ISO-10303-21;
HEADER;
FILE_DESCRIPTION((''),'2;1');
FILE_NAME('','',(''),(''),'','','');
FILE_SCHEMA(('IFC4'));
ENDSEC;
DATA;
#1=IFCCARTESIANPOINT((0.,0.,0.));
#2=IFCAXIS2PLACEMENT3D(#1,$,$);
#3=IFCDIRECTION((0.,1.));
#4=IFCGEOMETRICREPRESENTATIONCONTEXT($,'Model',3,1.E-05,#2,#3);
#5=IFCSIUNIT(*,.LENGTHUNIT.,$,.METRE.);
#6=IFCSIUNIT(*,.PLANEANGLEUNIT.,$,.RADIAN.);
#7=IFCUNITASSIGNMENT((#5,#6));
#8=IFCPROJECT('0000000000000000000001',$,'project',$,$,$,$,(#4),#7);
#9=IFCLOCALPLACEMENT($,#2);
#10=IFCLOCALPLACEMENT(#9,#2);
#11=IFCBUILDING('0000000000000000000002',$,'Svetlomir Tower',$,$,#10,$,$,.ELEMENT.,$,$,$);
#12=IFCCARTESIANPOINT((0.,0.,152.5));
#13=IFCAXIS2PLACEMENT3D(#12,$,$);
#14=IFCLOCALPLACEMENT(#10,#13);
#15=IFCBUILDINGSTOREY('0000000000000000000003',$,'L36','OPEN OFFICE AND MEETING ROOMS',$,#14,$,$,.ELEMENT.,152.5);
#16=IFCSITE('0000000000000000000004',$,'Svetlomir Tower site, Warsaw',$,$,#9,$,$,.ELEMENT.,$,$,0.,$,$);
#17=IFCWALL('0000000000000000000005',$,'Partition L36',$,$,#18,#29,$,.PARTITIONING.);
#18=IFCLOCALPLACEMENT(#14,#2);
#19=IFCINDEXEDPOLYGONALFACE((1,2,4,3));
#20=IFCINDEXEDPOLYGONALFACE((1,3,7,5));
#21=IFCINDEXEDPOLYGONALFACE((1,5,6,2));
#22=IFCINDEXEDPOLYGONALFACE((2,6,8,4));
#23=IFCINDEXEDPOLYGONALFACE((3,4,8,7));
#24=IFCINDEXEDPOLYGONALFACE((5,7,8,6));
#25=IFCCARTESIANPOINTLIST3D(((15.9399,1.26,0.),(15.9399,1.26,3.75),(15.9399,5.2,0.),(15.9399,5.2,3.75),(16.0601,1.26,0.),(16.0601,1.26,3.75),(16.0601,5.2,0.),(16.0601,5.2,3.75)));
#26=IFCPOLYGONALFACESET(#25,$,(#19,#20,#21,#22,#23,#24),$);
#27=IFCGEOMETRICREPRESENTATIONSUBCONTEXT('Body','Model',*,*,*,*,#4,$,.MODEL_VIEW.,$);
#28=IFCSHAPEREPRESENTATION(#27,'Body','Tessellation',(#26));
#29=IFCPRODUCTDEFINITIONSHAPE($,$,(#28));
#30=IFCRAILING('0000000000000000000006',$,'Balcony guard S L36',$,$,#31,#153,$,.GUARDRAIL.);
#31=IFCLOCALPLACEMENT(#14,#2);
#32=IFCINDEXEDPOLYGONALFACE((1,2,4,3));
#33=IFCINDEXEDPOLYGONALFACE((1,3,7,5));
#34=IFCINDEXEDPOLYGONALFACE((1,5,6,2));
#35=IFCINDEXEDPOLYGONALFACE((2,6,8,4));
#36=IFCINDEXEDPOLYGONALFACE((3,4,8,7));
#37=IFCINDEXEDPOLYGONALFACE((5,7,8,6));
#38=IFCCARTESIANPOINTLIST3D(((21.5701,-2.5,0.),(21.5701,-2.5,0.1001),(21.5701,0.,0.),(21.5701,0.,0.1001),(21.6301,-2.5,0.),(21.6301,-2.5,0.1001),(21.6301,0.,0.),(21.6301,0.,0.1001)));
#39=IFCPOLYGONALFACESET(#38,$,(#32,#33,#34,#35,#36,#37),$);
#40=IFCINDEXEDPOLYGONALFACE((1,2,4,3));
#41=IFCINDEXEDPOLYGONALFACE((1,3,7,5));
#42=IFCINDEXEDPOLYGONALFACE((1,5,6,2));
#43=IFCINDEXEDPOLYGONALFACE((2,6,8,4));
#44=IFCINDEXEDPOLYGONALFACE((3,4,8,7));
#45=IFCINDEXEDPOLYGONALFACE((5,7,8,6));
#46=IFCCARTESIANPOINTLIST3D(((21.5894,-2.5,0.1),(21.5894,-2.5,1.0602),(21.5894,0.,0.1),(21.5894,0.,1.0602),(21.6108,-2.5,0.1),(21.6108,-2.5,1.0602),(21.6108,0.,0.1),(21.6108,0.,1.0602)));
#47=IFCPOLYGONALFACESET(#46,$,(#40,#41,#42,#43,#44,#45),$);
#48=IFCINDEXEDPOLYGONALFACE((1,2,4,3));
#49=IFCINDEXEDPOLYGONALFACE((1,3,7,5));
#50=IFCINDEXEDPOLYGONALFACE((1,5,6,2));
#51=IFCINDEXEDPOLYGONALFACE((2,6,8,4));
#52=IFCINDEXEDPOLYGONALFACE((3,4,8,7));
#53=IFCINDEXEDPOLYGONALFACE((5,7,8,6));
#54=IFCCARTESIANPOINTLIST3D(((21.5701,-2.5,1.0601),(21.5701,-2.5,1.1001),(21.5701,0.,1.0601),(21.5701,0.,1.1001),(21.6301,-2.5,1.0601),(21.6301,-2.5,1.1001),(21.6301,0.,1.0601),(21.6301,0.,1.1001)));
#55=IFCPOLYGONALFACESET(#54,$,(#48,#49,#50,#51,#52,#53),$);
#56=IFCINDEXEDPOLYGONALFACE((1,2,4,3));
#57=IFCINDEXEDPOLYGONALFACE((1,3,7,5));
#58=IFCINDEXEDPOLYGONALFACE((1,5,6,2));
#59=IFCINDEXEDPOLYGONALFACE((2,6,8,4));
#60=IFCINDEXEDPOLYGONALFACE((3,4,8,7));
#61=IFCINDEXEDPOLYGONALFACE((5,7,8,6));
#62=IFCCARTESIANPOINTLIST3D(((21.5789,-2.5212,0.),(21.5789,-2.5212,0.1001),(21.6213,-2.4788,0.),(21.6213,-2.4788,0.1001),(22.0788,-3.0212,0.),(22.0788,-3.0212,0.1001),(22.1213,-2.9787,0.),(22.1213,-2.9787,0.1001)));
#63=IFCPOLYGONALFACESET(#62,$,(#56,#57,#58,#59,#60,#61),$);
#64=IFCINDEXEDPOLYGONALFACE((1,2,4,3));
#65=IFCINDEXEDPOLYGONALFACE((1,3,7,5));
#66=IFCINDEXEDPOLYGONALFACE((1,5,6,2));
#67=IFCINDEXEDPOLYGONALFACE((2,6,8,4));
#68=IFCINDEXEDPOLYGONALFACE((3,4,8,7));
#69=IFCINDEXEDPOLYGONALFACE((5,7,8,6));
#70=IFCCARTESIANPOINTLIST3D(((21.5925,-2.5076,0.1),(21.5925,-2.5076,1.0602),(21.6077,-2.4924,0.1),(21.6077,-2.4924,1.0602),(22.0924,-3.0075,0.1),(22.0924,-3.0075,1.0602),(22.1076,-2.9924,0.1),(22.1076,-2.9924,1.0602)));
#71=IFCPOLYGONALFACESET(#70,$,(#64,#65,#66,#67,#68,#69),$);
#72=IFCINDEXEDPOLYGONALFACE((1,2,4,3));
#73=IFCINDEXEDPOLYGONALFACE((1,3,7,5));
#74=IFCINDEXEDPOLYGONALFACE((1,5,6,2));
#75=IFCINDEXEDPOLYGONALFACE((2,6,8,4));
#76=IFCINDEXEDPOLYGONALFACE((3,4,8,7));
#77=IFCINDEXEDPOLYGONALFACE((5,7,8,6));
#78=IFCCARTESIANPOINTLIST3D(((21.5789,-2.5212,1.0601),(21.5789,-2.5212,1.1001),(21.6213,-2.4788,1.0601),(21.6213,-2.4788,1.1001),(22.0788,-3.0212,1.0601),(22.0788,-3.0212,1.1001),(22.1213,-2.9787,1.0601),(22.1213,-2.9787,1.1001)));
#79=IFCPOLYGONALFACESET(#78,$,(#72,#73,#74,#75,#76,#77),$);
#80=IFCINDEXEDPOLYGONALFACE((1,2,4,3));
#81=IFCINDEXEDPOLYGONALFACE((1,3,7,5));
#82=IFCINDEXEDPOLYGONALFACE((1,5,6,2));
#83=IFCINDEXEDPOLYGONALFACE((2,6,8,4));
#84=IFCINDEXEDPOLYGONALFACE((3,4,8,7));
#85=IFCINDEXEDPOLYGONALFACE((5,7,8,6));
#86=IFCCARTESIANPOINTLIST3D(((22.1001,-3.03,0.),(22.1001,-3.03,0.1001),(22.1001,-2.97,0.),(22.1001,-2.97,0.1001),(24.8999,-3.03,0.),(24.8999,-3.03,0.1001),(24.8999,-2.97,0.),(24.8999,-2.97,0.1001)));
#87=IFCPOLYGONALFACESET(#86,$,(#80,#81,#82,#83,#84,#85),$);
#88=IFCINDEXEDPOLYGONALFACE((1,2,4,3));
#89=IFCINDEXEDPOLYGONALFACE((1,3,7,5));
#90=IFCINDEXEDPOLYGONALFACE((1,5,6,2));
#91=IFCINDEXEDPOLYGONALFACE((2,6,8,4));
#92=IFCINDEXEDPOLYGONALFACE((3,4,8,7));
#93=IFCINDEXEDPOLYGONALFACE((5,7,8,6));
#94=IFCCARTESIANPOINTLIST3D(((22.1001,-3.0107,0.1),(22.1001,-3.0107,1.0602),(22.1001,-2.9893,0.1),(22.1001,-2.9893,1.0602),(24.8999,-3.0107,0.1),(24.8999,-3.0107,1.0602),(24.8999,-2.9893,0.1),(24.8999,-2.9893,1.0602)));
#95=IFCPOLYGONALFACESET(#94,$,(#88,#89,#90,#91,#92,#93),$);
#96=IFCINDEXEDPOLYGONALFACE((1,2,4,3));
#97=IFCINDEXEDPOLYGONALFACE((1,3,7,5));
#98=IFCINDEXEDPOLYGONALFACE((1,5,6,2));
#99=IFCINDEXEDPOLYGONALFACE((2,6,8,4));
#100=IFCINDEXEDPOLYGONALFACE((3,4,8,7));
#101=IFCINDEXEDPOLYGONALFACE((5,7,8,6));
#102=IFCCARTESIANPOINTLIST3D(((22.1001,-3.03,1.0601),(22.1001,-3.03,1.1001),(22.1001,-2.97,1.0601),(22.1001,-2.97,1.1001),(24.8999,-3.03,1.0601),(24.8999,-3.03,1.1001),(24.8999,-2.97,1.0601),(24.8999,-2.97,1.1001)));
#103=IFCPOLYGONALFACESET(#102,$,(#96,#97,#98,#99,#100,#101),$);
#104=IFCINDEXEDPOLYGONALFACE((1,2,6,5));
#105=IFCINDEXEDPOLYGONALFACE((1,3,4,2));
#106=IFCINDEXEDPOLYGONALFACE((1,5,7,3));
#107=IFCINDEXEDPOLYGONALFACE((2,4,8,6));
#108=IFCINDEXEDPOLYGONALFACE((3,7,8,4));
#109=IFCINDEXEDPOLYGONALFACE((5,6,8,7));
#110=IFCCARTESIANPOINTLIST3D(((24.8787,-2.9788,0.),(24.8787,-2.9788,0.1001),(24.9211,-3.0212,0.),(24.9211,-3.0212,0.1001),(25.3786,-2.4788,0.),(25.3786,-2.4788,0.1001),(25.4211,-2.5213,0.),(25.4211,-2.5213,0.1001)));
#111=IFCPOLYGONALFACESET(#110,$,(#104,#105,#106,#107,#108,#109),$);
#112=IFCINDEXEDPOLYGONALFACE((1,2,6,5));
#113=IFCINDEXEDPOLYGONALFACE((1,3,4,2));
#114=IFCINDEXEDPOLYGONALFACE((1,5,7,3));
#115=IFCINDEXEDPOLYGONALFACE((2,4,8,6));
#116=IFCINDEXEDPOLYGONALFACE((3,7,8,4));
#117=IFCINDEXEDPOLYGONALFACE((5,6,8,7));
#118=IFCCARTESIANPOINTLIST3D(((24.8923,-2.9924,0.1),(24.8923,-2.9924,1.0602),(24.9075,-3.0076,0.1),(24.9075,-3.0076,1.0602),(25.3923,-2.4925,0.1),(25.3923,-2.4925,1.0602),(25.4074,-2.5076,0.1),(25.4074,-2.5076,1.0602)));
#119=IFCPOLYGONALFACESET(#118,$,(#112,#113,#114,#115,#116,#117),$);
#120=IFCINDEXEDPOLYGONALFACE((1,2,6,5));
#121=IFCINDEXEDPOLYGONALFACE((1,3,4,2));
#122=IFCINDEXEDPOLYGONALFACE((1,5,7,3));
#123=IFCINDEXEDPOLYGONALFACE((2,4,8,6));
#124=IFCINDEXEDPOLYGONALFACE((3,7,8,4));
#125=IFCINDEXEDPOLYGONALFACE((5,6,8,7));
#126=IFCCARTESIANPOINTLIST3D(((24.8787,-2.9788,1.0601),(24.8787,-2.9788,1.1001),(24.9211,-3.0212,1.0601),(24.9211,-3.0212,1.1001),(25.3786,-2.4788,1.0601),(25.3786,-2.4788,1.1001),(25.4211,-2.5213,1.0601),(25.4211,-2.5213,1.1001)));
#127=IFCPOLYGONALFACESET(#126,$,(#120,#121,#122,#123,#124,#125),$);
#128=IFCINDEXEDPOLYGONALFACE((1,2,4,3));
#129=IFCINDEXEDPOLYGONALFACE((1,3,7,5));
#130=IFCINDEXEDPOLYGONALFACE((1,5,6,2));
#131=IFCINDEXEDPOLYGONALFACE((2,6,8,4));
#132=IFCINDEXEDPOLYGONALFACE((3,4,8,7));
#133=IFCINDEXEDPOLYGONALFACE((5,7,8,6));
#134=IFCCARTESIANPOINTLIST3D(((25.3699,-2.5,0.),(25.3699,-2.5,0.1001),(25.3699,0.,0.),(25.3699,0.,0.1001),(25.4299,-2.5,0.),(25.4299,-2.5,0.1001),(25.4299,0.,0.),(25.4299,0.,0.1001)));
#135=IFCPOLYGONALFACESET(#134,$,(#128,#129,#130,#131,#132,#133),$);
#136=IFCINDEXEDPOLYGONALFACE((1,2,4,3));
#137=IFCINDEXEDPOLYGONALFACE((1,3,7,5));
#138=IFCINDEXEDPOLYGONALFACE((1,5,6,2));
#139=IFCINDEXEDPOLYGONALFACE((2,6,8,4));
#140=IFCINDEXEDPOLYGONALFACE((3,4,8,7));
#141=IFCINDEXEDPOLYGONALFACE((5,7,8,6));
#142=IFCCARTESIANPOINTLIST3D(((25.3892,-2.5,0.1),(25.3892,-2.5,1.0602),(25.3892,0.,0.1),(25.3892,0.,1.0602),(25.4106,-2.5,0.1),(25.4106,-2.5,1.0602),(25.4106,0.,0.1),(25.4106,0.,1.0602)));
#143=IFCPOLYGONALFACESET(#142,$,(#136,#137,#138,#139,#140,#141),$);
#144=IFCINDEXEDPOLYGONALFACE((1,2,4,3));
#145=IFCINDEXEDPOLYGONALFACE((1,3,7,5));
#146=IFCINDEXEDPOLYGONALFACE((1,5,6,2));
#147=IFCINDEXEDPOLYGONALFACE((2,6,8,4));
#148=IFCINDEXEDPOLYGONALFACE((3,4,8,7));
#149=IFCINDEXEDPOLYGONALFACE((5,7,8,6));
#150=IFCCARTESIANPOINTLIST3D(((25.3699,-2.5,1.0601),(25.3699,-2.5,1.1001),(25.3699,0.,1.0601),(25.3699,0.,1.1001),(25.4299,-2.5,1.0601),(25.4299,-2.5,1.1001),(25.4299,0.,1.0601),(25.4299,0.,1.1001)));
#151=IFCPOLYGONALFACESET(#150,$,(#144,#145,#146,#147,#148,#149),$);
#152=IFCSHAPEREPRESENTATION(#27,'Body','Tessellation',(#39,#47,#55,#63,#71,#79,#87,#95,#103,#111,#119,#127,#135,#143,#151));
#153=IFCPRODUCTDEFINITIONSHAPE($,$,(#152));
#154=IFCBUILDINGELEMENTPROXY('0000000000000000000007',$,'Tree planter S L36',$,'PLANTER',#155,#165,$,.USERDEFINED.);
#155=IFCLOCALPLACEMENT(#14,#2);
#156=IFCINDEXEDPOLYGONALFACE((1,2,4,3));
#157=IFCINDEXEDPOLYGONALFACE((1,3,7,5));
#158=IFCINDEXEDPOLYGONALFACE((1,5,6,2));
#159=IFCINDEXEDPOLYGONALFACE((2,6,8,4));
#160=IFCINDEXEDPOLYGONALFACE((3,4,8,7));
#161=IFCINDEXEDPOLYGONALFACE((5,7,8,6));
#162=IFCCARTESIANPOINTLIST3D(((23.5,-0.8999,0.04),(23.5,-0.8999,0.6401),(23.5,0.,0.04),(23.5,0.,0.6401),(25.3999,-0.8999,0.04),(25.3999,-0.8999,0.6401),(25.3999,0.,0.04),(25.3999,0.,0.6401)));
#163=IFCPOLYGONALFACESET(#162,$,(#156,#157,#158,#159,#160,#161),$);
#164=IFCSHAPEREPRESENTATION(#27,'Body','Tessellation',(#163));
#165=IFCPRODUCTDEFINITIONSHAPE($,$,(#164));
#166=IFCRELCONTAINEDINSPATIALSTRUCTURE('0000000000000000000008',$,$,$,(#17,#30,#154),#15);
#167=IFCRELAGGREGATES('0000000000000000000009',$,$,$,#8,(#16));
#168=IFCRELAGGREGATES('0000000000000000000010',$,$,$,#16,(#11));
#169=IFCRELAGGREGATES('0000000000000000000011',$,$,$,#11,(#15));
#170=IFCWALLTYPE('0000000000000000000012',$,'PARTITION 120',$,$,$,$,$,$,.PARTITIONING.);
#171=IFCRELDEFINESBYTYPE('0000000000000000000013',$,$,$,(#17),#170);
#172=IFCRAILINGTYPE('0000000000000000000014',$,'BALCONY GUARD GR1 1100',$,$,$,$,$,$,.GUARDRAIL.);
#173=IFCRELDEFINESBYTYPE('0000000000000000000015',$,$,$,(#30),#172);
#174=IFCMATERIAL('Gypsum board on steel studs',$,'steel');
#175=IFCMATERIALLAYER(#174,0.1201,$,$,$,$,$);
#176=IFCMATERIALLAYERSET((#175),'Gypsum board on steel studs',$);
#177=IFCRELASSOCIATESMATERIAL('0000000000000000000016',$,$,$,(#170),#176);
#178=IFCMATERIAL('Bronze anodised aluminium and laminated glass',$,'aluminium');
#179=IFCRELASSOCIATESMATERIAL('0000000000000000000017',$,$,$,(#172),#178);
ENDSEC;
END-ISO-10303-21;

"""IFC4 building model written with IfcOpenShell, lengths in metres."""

from ifc_helpers import new_model, si_unit, direction, frame, frame_2d, origin, origin_2d, place, context, subcontext, project, spatial, rectangle, extrude, material, layer, layer_set, type_object, element, save


model = new_model("IFC4")

# Units and contexts
model_context = context("Model", 3, precision=1e-05, world=origin(), true_north=direction((0.0, 1.0)))
body_context = subcontext(model_context, "Body", "Model", "MODEL_VIEW")
ifc_project = project(units=[si_unit("LENGTHUNIT", "METRE"), si_unit("PLANEANGLEUNIT", "RADIAN")], contexts=[model_context])

# Site, building, storey
site_placement = place(None, origin())
site = spatial("IfcSite", under=ifc_project, at=site_placement, Name="Svetlomir Tower site, Warsaw", CompositionType="ELEMENT", RefElevation=0.0)
building_placement = place(site_placement, origin())
building = spatial("IfcBuilding", under=site, at=building_placement, Name="Svetlomir Tower", CompositionType="ELEMENT")
storey_placement = place(building_placement, frame((0.0, 0.0, 152.5)))
storey = spatial("IfcBuildingStorey", under=building, at=storey_placement, Name="L36", Description="OPEN OFFICE AND MEETING ROOMS", CompositionType="ELEMENT", Elevation=152.5)

# Wall
ifc_material_1 = material(Name="Gypsum board on steel studs", Category="steel")
ifc_layer_1 = layer(ifc_material_1, 0.1201)
ifc_layer_set_1 = layer_set([ifc_layer_1], Name="Gypsum board on steel studs")
wall_type_1 = type_object("IfcWallType", Name="PARTITION 120", PredefinedType="PARTITIONING", material=ifc_layer_set_1)
wall_1_placement = place(storey_placement, frame((16.0, 1.26, 0.0), z_axis=(0.0, 0.0, 1.0), x_axis=(0.0, 1.0, 0.0)))
element("IfcWall", 1, at=wall_1_placement, inside=storey, type_object=wall_type_1, Name="Partition L36", PredefinedType="PARTITIONING", context=body_context, shape_type="SweptSolid", body=[
    extrude(rectangle(XDim=3.9399, YDim=0.1201, at=frame_2d((1.97, 0.0))), origin(), (0.0, 0.0, 1.0), 3.75),
])

# Railing
ifc_material_2 = material(Name="Bronze anodised aluminium and laminated glass", Category="aluminium")
railing_type = type_object("IfcRailingType", Name="BALCONY GUARD GR1 1100", PredefinedType="GUARDRAIL", material=ifc_material_2)
railing_placement = place(storey_placement, frame((21.6001, 0.0, 0.0)))
element("IfcRailing", 2, at=railing_placement, inside=storey, type_object=railing_type, Name="Balcony guard S L36", PredefinedType="GUARDRAIL", context=body_context, shape_type="SweptSolid", body=[
    extrude(rectangle(XDim=0.0601, YDim=0.1001, at=origin_2d()), frame((0.0, 0.0, 0.05), z_axis=(0.0, -1.0, 0.0), x_axis=(1.0, 0.0, 0.0)), (0.0, 0.0, 1.0), 2.5),
    extrude(rectangle(XDim=0.0215, YDim=0.9602, at=origin_2d()), frame((0.0, 0.0, 0.5801), z_axis=(0.0, -1.0, 0.0), x_axis=(1.0, 0.0, 0.0)), (0.0, 0.0, 1.0), 2.5),
    extrude(rectangle(XDim=0.0601, YDim=0.04, at=origin_2d()), frame((0.0, 0.0, 1.0801), z_axis=(0.0, -1.0, 0.0), x_axis=(1.0, 0.0, 0.0)), (0.0, 0.0, 1.0), 2.5),
    extrude(rectangle(XDim=0.0601, YDim=0.1001, at=origin_2d()), frame((0.0, -2.5, 0.05), z_axis=(0.707107, -0.707107, 0.0), x_axis=(0.707107, 0.707107, 0.0)), (0.0, 0.0, 1.0), 0.707),
    extrude(rectangle(XDim=0.0215, YDim=0.9602, at=origin_2d()), frame((0.0, -2.5, 0.5801), z_axis=(0.707107, -0.707107, 0.0), x_axis=(0.707107, 0.707107, 0.0)), (0.0, 0.0, 1.0), 0.707),
    extrude(rectangle(XDim=0.0601, YDim=0.04, at=origin_2d()), frame((0.0, -2.5, 1.0801), z_axis=(0.707107, -0.707107, 0.0), x_axis=(0.707107, 0.707107, 0.0)), (0.0, 0.0, 1.0), 0.707),
    extrude(rectangle(XDim=0.0601, YDim=0.1001, at=origin_2d()), frame((0.5, -3.0, 0.05), z_axis=(1.0, 0.0, 0.0), x_axis=(0.0, 1.0, 0.0)), (0.0, 0.0, 1.0), 2.7998),
    extrude(rectangle(XDim=0.0215, YDim=0.9602, at=origin_2d()), frame((0.5, -3.0, 0.5801), z_axis=(1.0, 0.0, 0.0), x_axis=(0.0, 1.0, 0.0)), (0.0, 0.0, 1.0), 2.7998),
    extrude(rectangle(XDim=0.0601, YDim=0.04, at=origin_2d()), frame((0.5, -3.0, 1.0801), z_axis=(1.0, 0.0, 0.0), x_axis=(0.0, 1.0, 0.0)), (0.0, 0.0, 1.0), 2.7998),
    extrude(rectangle(XDim=0.0601, YDim=0.1001, at=origin_2d()), frame((3.2998, -3.0, 0.05), z_axis=(0.707107, 0.707107, 0.0), x_axis=(-0.707107, 0.707107, 0.0)), (0.0, 0.0, 1.0), 0.707),
    extrude(rectangle(XDim=0.0215, YDim=0.9602, at=origin_2d()), frame((3.2998, -3.0, 0.5801), z_axis=(0.707107, 0.707107, 0.0), x_axis=(-0.707107, 0.707107, 0.0)), (0.0, 0.0, 1.0), 0.707),
    extrude(rectangle(XDim=0.0601, YDim=0.04, at=origin_2d()), frame((3.2998, -3.0, 1.0801), z_axis=(0.707107, 0.707107, 0.0), x_axis=(-0.707107, 0.707107, 0.0)), (0.0, 0.0, 1.0), 0.707),
    extrude(rectangle(XDim=0.0601, YDim=0.1001, at=origin_2d()), frame((3.7998, -2.5, 0.05), z_axis=(0.0, 1.0, 0.0), x_axis=(-1.0, 0.0, 0.0)), (0.0, 0.0, 1.0), 2.5),
    extrude(rectangle(XDim=0.0215, YDim=0.9602, at=origin_2d()), frame((3.7998, -2.5, 0.5801), z_axis=(0.0, 1.0, 0.0), x_axis=(-1.0, 0.0, 0.0)), (0.0, 0.0, 1.0), 2.5),
    extrude(rectangle(XDim=0.0601, YDim=0.04, at=origin_2d()), frame((3.7998, -2.5, 1.0801), z_axis=(0.0, 1.0, 0.0), x_axis=(-1.0, 0.0, 0.0)), (0.0, 0.0, 1.0), 2.5),
])

# Building element proxy
proxy_placement = place(storey_placement, frame((24.45, -0.45, 0.04), z_axis=(0.0, 0.0, 1.0), x_axis=(1.0, 0.0, 0.0)))
element("IfcBuildingElementProxy", 3, at=proxy_placement, inside=storey, Name="Tree planter S L36", ObjectType="PLANTER", PredefinedType="USERDEFINED", context=body_context, shape_type="SweptSolid", body=[
    extrude(rectangle(XDim=1.8999, YDim=0.8999, at=origin_2d()), origin(), (0.0, 0.0, 1.0), 0.6001),
])

save(model, "model.ifc")
